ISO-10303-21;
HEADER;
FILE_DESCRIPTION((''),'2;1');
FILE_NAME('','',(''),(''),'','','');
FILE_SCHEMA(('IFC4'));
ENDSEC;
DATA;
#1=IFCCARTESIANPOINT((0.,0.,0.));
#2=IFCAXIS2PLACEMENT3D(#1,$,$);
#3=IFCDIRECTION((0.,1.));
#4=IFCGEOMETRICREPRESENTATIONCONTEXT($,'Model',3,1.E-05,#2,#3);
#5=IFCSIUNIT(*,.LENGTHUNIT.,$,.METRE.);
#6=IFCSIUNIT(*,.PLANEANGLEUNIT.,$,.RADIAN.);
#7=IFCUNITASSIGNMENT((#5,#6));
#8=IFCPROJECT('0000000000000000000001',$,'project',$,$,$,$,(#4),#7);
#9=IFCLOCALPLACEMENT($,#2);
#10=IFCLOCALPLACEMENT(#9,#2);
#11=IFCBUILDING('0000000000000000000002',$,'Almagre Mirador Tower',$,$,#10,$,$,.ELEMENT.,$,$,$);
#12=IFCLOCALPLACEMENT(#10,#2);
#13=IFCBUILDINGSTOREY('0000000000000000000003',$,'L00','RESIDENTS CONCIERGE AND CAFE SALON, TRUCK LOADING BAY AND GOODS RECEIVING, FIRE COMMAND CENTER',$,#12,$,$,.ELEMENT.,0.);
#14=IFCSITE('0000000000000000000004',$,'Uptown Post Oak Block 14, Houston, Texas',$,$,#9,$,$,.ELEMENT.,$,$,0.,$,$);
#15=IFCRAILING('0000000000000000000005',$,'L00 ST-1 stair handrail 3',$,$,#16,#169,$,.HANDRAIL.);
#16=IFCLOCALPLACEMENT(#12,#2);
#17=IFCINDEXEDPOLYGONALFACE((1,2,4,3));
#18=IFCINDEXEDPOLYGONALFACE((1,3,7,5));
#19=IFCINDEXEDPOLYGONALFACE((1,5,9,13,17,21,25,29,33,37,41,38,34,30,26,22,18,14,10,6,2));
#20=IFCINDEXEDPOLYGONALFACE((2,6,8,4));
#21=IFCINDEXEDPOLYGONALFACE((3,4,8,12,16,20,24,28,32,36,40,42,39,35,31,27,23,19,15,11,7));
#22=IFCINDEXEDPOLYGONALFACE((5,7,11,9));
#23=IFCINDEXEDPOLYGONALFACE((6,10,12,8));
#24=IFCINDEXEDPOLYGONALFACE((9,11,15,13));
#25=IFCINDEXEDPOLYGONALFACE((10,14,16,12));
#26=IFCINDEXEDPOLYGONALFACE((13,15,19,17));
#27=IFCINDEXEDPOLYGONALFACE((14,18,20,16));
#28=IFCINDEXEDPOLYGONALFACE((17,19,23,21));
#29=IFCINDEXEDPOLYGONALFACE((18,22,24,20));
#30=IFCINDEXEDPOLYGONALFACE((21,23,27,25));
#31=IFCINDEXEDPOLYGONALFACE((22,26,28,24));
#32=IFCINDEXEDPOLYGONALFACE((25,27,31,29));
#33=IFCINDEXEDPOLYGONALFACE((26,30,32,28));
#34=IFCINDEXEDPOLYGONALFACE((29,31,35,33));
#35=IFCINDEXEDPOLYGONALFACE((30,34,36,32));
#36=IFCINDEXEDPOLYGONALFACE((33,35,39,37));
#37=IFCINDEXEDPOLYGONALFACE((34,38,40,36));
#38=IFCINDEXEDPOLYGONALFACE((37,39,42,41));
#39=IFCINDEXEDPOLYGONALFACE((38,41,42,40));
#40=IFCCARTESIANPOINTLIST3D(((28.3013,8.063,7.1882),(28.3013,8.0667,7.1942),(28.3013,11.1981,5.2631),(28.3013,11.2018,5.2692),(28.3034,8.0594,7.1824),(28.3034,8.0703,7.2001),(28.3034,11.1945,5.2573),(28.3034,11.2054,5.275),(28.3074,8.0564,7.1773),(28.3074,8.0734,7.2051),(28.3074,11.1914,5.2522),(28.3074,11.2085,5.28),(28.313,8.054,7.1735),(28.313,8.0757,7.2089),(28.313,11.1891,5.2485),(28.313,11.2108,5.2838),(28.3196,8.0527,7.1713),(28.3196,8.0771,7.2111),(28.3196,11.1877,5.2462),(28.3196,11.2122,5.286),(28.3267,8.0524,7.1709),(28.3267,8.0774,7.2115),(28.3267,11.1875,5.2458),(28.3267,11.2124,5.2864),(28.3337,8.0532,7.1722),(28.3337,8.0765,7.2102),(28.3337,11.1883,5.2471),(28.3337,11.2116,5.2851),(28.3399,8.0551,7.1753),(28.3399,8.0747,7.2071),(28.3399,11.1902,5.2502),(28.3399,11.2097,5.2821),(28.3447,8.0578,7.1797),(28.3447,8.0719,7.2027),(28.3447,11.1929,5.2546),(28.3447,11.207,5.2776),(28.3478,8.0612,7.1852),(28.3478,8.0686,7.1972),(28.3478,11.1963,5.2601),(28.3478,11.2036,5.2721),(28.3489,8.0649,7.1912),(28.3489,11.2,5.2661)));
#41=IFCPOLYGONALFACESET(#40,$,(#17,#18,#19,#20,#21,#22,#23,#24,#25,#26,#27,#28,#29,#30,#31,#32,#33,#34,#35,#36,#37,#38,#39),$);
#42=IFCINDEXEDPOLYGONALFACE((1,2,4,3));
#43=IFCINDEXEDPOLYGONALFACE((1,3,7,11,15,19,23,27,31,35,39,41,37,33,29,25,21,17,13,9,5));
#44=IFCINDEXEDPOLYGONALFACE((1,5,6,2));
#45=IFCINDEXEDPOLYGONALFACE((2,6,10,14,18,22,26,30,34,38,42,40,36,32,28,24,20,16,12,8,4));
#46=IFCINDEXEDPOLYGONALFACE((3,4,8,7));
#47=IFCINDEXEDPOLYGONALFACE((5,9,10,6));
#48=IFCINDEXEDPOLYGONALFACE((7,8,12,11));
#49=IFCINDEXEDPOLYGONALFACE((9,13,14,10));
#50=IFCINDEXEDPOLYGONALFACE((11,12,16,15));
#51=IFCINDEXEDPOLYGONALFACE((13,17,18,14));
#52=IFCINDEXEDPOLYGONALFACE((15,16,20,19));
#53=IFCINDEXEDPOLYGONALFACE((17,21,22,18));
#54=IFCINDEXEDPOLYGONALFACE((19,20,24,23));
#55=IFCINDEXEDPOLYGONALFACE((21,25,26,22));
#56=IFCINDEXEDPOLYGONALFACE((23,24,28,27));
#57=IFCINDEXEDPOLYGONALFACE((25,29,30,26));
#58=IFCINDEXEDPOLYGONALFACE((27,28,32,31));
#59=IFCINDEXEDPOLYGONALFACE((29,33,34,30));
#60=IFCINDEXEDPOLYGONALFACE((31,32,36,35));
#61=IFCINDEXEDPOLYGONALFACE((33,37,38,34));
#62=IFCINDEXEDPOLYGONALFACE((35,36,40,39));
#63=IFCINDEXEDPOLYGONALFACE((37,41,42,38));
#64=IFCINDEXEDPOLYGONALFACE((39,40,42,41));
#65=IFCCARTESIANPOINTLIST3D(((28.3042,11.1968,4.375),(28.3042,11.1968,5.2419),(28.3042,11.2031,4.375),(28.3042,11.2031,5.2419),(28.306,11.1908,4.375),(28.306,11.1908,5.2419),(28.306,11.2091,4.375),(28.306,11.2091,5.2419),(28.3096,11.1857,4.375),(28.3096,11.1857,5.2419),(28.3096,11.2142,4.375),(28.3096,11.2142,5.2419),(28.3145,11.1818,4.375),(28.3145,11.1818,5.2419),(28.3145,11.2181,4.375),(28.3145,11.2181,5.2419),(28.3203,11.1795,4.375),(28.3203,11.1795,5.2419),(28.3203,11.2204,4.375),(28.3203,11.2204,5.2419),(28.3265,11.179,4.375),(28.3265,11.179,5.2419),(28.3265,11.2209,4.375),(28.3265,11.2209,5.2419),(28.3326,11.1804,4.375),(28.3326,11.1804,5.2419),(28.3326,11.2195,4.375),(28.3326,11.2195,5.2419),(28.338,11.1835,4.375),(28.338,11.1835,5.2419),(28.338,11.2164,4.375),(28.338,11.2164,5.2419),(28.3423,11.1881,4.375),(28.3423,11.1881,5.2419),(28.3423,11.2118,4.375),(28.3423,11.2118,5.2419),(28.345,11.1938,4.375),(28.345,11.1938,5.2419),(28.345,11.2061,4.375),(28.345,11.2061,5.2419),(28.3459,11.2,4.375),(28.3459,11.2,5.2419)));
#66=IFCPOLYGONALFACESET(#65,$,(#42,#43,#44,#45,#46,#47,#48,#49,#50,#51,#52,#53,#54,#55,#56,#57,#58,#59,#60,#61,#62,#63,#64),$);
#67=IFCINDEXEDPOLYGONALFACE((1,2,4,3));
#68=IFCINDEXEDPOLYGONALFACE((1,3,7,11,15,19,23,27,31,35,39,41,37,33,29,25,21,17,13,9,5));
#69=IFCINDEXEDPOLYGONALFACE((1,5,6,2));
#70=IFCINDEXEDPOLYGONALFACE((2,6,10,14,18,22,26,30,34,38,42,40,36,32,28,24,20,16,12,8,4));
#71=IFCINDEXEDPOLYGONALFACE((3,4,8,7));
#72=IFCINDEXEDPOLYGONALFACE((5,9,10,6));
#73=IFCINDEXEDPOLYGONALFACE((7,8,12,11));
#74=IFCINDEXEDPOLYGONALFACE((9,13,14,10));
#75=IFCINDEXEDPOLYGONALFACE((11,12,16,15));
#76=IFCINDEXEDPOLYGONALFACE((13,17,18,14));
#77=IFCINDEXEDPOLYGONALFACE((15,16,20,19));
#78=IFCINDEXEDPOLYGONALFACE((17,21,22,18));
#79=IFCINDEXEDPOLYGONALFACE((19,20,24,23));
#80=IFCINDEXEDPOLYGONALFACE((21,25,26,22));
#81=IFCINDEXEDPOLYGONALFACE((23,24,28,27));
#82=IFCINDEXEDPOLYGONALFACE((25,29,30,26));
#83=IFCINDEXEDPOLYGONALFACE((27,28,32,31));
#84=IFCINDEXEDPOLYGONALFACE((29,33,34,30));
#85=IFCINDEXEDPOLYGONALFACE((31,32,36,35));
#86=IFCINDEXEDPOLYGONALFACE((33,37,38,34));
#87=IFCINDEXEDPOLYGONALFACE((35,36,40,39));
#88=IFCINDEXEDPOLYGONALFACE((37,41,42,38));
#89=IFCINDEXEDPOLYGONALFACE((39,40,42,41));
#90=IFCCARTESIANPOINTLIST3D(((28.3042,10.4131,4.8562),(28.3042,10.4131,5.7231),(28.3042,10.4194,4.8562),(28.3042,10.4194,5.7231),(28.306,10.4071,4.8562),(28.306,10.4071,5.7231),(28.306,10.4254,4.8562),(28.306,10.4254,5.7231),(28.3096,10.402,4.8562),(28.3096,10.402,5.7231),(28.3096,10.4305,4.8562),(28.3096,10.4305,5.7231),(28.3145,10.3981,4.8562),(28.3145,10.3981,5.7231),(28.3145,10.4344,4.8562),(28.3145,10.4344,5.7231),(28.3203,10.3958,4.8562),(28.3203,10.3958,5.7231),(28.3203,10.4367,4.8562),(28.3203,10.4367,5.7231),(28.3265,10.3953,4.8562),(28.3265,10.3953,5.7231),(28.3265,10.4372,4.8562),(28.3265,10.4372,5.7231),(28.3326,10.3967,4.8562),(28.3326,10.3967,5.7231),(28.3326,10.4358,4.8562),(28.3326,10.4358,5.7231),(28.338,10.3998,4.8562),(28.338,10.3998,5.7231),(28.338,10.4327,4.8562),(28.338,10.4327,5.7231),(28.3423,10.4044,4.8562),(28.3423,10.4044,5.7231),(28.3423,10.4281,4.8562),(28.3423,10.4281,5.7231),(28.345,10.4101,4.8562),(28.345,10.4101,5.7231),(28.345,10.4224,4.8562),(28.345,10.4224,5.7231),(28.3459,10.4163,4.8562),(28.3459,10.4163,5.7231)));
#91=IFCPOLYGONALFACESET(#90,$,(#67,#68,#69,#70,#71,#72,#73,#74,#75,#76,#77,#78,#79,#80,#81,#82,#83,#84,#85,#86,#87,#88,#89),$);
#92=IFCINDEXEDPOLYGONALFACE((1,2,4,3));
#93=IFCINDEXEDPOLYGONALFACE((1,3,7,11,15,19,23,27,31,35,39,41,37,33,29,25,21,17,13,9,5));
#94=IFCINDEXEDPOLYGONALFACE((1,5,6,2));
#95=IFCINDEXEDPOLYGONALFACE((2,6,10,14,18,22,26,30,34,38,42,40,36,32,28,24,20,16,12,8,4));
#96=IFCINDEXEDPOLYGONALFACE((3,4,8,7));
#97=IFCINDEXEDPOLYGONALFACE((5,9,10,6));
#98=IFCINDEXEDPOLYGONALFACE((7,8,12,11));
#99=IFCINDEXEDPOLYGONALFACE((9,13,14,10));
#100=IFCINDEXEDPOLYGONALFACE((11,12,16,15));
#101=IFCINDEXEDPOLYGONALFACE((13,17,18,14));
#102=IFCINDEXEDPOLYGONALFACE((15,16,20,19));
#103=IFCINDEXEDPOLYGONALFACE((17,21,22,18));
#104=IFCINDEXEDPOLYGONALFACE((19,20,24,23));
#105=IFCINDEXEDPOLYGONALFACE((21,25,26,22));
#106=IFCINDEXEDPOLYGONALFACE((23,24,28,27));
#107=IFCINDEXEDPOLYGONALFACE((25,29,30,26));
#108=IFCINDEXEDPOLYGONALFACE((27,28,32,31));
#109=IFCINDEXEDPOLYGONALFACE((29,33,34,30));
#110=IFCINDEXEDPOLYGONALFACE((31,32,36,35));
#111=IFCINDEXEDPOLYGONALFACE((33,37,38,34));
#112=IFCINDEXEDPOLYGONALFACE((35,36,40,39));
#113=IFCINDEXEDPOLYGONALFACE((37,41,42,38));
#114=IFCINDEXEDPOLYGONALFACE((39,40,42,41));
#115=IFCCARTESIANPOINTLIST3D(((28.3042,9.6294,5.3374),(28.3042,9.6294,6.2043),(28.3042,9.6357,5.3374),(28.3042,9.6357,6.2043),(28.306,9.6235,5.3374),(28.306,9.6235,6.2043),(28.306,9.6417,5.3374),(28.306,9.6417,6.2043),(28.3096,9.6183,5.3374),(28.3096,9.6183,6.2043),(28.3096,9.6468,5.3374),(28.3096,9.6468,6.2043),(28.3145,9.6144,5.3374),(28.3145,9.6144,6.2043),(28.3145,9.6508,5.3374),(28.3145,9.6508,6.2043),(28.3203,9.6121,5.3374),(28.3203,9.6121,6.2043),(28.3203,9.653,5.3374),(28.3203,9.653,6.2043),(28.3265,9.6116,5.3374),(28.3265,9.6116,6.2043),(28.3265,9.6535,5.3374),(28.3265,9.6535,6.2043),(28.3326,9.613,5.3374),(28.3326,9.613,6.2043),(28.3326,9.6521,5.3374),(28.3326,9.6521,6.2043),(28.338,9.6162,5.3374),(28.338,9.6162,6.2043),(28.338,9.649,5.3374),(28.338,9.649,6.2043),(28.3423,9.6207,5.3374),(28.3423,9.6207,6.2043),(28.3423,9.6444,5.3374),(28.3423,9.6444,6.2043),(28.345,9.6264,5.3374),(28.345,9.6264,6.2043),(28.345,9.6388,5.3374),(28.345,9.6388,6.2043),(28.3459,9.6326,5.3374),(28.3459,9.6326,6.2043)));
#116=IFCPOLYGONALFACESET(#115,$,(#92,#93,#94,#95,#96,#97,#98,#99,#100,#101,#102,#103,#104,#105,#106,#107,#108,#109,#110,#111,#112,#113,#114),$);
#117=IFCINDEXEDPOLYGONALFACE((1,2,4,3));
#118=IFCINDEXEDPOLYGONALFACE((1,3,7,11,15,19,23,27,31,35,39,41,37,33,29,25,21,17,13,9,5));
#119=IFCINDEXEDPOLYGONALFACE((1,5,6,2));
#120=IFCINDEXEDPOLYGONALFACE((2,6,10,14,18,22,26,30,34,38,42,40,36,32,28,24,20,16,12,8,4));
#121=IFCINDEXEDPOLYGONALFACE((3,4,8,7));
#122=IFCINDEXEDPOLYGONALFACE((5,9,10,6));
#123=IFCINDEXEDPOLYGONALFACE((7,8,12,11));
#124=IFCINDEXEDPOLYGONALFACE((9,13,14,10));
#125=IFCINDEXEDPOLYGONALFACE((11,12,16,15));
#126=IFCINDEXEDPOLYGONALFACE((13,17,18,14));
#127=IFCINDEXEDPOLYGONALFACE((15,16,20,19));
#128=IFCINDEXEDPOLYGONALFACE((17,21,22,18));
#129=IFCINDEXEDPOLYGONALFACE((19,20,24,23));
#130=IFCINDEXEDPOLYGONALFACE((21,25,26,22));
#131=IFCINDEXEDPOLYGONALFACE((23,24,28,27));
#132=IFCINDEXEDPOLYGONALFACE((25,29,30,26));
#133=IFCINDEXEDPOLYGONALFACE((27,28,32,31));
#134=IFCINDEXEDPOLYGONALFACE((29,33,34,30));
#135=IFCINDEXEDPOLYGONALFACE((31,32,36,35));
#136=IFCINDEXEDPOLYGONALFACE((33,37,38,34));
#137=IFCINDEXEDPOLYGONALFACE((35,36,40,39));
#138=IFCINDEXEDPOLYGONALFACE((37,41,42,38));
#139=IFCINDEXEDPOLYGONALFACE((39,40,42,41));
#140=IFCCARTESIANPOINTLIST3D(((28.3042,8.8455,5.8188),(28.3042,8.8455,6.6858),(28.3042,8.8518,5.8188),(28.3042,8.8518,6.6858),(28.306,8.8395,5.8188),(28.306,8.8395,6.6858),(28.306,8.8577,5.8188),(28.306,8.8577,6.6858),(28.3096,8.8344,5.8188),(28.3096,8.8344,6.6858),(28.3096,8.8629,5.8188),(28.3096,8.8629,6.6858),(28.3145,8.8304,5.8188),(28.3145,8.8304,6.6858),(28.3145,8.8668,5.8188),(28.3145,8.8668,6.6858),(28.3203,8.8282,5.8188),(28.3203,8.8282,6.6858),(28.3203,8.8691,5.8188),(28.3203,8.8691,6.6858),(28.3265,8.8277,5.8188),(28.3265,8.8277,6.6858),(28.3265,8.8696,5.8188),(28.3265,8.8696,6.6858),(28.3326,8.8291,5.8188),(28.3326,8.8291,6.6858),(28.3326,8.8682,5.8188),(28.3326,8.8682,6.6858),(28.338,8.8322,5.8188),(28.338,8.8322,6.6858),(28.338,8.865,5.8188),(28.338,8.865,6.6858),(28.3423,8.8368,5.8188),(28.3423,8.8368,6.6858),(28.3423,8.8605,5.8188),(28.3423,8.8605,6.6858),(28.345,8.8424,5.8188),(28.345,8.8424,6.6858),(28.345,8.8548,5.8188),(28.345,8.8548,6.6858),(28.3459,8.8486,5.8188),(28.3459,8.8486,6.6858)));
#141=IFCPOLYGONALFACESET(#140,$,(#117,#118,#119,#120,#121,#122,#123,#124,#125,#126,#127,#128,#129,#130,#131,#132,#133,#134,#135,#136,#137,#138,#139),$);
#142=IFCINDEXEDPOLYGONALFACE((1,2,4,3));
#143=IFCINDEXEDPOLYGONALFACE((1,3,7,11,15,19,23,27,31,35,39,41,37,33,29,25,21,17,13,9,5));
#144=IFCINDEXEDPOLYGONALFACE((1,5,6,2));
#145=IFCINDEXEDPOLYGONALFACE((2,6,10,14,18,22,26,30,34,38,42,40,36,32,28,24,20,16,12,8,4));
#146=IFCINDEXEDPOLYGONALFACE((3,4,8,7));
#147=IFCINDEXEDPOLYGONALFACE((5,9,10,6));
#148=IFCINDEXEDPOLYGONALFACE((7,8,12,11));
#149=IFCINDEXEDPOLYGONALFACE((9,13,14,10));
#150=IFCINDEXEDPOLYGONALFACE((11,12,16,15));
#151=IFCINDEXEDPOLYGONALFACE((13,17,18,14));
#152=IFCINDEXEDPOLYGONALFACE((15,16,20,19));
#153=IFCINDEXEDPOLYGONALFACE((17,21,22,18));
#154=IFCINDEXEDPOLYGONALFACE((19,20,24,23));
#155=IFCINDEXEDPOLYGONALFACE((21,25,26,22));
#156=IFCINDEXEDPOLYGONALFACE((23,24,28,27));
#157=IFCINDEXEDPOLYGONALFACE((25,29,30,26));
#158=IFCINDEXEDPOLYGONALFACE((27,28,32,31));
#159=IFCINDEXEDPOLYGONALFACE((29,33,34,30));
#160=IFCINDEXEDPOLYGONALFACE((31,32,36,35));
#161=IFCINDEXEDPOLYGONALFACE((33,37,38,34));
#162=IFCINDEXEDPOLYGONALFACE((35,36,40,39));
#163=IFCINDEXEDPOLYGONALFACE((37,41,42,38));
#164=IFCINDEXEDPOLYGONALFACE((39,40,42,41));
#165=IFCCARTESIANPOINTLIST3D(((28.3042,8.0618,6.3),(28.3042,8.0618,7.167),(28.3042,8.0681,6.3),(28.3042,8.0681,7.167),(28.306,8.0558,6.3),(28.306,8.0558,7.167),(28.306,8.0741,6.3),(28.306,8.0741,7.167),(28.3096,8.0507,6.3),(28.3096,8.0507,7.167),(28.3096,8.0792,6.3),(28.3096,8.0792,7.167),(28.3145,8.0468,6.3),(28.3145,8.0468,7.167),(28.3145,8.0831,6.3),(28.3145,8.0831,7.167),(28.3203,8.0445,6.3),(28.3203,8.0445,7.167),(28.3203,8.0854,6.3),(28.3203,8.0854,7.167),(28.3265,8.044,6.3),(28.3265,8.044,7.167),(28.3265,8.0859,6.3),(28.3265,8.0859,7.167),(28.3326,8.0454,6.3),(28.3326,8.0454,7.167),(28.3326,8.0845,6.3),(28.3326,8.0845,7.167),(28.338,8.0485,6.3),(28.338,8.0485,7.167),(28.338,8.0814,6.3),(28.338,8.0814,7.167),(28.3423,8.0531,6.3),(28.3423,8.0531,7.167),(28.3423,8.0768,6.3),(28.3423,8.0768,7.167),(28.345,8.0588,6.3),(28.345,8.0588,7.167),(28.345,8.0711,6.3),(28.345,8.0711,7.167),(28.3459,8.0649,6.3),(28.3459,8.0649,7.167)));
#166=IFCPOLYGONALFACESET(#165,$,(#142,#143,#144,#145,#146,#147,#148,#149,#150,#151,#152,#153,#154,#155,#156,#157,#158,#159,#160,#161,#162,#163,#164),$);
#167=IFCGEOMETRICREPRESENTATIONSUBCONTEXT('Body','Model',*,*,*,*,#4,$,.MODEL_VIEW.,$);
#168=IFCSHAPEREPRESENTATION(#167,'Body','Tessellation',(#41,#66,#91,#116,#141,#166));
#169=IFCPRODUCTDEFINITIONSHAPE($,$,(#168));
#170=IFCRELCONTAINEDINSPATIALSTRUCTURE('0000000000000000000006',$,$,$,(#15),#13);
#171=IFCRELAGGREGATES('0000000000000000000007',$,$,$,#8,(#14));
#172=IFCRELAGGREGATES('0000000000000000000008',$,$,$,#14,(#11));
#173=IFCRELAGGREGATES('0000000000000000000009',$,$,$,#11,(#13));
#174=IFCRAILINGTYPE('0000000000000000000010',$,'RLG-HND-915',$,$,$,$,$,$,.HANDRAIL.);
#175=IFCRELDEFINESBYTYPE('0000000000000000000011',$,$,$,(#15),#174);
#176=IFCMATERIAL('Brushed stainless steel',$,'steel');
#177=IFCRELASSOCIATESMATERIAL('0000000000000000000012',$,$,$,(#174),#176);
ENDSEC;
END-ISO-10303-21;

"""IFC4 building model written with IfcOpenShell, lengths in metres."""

from ifc_helpers import new_model, si_unit, direction, frame, origin, origin_2d, place, context, subcontext, project, spatial, circle, extrude, material, type_object, element, save


model = new_model("IFC4")

# Units and contexts
model_context = context("Model", 3, precision=1e-05, world=origin(), true_north=direction((0.0, 1.0)))
body_context = subcontext(model_context, "Body", "Model", "MODEL_VIEW")
ifc_project = project(units=[si_unit("LENGTHUNIT", "METRE"), si_unit("PLANEANGLEUNIT", "RADIAN")], contexts=[model_context])

# Site, building, storey
site_placement = place(None, origin())
site = spatial("IfcSite", under=ifc_project, at=site_placement, Name="Uptown Post Oak Block 14, Houston, Texas", CompositionType="ELEMENT", RefElevation=0.0)
building_placement = place(site_placement, origin())
building = spatial("IfcBuilding", under=site, at=building_placement, Name="Almagre Mirador Tower", CompositionType="ELEMENT")
storey_placement = place(building_placement, origin())
storey = spatial("IfcBuildingStorey", under=building, at=storey_placement, Name="L00", Description="RESIDENTS CONCIERGE AND CAFE SALON, TRUCK LOADING BAY AND GOODS RECEIVING, FIRE COMMAND CENTER", CompositionType="ELEMENT", Elevation=0.0)

# Railing
ifc_material_1 = material(Name="Brushed stainless steel", Category="steel")
railing_type_1 = type_object("IfcRailingType", Name="RLG-HND-915", PredefinedType="HANDRAIL", material=ifc_material_1)
for number, where, name in (
    (1, (28.325, 11.2, 4.375), "L00 ST-1 stair handrail 3"),
):
    element("IfcRailing", number, at=place(storey_placement, frame(where)), inside=storey, type_object=railing_type_1, Name=name, PredefinedType="HANDRAIL", context=body_context, shape_type="SweptSolid", body=[
        extrude(circle(Radius=0.0239, at=origin_2d()), frame((0.0, 0.0, 0.8911), z_axis=(0.0, -0.852166, 0.523271), x_axis=(1.0, 0.0, 0.0)), (0.0, 0.0, 1.0), 3.679),
        extrude(circle(Radius=0.021, at=origin_2d()), origin(), (0.0, 0.0, 1.0), 0.8669),
        extrude(circle(Radius=0.021, at=origin_2d()), frame((0.0, -0.7837, 0.4812)), (0.0, 0.0, 1.0), 0.8669),
        extrude(circle(Radius=0.021, at=origin_2d()), frame((0.0, -1.5674, 0.9624)), (0.0, 0.0, 1.0), 0.8669),
        extrude(circle(Radius=0.021, at=origin_2d()), frame((0.0, -2.3513, 1.4438)), (0.0, 0.0, 1.0), 0.8669),
        extrude(circle(Radius=0.021, at=origin_2d()), frame((0.0, -3.135, 1.925)), (0.0, 0.0, 1.0), 0.8669),
    ])

save(model, "model.ifc")
